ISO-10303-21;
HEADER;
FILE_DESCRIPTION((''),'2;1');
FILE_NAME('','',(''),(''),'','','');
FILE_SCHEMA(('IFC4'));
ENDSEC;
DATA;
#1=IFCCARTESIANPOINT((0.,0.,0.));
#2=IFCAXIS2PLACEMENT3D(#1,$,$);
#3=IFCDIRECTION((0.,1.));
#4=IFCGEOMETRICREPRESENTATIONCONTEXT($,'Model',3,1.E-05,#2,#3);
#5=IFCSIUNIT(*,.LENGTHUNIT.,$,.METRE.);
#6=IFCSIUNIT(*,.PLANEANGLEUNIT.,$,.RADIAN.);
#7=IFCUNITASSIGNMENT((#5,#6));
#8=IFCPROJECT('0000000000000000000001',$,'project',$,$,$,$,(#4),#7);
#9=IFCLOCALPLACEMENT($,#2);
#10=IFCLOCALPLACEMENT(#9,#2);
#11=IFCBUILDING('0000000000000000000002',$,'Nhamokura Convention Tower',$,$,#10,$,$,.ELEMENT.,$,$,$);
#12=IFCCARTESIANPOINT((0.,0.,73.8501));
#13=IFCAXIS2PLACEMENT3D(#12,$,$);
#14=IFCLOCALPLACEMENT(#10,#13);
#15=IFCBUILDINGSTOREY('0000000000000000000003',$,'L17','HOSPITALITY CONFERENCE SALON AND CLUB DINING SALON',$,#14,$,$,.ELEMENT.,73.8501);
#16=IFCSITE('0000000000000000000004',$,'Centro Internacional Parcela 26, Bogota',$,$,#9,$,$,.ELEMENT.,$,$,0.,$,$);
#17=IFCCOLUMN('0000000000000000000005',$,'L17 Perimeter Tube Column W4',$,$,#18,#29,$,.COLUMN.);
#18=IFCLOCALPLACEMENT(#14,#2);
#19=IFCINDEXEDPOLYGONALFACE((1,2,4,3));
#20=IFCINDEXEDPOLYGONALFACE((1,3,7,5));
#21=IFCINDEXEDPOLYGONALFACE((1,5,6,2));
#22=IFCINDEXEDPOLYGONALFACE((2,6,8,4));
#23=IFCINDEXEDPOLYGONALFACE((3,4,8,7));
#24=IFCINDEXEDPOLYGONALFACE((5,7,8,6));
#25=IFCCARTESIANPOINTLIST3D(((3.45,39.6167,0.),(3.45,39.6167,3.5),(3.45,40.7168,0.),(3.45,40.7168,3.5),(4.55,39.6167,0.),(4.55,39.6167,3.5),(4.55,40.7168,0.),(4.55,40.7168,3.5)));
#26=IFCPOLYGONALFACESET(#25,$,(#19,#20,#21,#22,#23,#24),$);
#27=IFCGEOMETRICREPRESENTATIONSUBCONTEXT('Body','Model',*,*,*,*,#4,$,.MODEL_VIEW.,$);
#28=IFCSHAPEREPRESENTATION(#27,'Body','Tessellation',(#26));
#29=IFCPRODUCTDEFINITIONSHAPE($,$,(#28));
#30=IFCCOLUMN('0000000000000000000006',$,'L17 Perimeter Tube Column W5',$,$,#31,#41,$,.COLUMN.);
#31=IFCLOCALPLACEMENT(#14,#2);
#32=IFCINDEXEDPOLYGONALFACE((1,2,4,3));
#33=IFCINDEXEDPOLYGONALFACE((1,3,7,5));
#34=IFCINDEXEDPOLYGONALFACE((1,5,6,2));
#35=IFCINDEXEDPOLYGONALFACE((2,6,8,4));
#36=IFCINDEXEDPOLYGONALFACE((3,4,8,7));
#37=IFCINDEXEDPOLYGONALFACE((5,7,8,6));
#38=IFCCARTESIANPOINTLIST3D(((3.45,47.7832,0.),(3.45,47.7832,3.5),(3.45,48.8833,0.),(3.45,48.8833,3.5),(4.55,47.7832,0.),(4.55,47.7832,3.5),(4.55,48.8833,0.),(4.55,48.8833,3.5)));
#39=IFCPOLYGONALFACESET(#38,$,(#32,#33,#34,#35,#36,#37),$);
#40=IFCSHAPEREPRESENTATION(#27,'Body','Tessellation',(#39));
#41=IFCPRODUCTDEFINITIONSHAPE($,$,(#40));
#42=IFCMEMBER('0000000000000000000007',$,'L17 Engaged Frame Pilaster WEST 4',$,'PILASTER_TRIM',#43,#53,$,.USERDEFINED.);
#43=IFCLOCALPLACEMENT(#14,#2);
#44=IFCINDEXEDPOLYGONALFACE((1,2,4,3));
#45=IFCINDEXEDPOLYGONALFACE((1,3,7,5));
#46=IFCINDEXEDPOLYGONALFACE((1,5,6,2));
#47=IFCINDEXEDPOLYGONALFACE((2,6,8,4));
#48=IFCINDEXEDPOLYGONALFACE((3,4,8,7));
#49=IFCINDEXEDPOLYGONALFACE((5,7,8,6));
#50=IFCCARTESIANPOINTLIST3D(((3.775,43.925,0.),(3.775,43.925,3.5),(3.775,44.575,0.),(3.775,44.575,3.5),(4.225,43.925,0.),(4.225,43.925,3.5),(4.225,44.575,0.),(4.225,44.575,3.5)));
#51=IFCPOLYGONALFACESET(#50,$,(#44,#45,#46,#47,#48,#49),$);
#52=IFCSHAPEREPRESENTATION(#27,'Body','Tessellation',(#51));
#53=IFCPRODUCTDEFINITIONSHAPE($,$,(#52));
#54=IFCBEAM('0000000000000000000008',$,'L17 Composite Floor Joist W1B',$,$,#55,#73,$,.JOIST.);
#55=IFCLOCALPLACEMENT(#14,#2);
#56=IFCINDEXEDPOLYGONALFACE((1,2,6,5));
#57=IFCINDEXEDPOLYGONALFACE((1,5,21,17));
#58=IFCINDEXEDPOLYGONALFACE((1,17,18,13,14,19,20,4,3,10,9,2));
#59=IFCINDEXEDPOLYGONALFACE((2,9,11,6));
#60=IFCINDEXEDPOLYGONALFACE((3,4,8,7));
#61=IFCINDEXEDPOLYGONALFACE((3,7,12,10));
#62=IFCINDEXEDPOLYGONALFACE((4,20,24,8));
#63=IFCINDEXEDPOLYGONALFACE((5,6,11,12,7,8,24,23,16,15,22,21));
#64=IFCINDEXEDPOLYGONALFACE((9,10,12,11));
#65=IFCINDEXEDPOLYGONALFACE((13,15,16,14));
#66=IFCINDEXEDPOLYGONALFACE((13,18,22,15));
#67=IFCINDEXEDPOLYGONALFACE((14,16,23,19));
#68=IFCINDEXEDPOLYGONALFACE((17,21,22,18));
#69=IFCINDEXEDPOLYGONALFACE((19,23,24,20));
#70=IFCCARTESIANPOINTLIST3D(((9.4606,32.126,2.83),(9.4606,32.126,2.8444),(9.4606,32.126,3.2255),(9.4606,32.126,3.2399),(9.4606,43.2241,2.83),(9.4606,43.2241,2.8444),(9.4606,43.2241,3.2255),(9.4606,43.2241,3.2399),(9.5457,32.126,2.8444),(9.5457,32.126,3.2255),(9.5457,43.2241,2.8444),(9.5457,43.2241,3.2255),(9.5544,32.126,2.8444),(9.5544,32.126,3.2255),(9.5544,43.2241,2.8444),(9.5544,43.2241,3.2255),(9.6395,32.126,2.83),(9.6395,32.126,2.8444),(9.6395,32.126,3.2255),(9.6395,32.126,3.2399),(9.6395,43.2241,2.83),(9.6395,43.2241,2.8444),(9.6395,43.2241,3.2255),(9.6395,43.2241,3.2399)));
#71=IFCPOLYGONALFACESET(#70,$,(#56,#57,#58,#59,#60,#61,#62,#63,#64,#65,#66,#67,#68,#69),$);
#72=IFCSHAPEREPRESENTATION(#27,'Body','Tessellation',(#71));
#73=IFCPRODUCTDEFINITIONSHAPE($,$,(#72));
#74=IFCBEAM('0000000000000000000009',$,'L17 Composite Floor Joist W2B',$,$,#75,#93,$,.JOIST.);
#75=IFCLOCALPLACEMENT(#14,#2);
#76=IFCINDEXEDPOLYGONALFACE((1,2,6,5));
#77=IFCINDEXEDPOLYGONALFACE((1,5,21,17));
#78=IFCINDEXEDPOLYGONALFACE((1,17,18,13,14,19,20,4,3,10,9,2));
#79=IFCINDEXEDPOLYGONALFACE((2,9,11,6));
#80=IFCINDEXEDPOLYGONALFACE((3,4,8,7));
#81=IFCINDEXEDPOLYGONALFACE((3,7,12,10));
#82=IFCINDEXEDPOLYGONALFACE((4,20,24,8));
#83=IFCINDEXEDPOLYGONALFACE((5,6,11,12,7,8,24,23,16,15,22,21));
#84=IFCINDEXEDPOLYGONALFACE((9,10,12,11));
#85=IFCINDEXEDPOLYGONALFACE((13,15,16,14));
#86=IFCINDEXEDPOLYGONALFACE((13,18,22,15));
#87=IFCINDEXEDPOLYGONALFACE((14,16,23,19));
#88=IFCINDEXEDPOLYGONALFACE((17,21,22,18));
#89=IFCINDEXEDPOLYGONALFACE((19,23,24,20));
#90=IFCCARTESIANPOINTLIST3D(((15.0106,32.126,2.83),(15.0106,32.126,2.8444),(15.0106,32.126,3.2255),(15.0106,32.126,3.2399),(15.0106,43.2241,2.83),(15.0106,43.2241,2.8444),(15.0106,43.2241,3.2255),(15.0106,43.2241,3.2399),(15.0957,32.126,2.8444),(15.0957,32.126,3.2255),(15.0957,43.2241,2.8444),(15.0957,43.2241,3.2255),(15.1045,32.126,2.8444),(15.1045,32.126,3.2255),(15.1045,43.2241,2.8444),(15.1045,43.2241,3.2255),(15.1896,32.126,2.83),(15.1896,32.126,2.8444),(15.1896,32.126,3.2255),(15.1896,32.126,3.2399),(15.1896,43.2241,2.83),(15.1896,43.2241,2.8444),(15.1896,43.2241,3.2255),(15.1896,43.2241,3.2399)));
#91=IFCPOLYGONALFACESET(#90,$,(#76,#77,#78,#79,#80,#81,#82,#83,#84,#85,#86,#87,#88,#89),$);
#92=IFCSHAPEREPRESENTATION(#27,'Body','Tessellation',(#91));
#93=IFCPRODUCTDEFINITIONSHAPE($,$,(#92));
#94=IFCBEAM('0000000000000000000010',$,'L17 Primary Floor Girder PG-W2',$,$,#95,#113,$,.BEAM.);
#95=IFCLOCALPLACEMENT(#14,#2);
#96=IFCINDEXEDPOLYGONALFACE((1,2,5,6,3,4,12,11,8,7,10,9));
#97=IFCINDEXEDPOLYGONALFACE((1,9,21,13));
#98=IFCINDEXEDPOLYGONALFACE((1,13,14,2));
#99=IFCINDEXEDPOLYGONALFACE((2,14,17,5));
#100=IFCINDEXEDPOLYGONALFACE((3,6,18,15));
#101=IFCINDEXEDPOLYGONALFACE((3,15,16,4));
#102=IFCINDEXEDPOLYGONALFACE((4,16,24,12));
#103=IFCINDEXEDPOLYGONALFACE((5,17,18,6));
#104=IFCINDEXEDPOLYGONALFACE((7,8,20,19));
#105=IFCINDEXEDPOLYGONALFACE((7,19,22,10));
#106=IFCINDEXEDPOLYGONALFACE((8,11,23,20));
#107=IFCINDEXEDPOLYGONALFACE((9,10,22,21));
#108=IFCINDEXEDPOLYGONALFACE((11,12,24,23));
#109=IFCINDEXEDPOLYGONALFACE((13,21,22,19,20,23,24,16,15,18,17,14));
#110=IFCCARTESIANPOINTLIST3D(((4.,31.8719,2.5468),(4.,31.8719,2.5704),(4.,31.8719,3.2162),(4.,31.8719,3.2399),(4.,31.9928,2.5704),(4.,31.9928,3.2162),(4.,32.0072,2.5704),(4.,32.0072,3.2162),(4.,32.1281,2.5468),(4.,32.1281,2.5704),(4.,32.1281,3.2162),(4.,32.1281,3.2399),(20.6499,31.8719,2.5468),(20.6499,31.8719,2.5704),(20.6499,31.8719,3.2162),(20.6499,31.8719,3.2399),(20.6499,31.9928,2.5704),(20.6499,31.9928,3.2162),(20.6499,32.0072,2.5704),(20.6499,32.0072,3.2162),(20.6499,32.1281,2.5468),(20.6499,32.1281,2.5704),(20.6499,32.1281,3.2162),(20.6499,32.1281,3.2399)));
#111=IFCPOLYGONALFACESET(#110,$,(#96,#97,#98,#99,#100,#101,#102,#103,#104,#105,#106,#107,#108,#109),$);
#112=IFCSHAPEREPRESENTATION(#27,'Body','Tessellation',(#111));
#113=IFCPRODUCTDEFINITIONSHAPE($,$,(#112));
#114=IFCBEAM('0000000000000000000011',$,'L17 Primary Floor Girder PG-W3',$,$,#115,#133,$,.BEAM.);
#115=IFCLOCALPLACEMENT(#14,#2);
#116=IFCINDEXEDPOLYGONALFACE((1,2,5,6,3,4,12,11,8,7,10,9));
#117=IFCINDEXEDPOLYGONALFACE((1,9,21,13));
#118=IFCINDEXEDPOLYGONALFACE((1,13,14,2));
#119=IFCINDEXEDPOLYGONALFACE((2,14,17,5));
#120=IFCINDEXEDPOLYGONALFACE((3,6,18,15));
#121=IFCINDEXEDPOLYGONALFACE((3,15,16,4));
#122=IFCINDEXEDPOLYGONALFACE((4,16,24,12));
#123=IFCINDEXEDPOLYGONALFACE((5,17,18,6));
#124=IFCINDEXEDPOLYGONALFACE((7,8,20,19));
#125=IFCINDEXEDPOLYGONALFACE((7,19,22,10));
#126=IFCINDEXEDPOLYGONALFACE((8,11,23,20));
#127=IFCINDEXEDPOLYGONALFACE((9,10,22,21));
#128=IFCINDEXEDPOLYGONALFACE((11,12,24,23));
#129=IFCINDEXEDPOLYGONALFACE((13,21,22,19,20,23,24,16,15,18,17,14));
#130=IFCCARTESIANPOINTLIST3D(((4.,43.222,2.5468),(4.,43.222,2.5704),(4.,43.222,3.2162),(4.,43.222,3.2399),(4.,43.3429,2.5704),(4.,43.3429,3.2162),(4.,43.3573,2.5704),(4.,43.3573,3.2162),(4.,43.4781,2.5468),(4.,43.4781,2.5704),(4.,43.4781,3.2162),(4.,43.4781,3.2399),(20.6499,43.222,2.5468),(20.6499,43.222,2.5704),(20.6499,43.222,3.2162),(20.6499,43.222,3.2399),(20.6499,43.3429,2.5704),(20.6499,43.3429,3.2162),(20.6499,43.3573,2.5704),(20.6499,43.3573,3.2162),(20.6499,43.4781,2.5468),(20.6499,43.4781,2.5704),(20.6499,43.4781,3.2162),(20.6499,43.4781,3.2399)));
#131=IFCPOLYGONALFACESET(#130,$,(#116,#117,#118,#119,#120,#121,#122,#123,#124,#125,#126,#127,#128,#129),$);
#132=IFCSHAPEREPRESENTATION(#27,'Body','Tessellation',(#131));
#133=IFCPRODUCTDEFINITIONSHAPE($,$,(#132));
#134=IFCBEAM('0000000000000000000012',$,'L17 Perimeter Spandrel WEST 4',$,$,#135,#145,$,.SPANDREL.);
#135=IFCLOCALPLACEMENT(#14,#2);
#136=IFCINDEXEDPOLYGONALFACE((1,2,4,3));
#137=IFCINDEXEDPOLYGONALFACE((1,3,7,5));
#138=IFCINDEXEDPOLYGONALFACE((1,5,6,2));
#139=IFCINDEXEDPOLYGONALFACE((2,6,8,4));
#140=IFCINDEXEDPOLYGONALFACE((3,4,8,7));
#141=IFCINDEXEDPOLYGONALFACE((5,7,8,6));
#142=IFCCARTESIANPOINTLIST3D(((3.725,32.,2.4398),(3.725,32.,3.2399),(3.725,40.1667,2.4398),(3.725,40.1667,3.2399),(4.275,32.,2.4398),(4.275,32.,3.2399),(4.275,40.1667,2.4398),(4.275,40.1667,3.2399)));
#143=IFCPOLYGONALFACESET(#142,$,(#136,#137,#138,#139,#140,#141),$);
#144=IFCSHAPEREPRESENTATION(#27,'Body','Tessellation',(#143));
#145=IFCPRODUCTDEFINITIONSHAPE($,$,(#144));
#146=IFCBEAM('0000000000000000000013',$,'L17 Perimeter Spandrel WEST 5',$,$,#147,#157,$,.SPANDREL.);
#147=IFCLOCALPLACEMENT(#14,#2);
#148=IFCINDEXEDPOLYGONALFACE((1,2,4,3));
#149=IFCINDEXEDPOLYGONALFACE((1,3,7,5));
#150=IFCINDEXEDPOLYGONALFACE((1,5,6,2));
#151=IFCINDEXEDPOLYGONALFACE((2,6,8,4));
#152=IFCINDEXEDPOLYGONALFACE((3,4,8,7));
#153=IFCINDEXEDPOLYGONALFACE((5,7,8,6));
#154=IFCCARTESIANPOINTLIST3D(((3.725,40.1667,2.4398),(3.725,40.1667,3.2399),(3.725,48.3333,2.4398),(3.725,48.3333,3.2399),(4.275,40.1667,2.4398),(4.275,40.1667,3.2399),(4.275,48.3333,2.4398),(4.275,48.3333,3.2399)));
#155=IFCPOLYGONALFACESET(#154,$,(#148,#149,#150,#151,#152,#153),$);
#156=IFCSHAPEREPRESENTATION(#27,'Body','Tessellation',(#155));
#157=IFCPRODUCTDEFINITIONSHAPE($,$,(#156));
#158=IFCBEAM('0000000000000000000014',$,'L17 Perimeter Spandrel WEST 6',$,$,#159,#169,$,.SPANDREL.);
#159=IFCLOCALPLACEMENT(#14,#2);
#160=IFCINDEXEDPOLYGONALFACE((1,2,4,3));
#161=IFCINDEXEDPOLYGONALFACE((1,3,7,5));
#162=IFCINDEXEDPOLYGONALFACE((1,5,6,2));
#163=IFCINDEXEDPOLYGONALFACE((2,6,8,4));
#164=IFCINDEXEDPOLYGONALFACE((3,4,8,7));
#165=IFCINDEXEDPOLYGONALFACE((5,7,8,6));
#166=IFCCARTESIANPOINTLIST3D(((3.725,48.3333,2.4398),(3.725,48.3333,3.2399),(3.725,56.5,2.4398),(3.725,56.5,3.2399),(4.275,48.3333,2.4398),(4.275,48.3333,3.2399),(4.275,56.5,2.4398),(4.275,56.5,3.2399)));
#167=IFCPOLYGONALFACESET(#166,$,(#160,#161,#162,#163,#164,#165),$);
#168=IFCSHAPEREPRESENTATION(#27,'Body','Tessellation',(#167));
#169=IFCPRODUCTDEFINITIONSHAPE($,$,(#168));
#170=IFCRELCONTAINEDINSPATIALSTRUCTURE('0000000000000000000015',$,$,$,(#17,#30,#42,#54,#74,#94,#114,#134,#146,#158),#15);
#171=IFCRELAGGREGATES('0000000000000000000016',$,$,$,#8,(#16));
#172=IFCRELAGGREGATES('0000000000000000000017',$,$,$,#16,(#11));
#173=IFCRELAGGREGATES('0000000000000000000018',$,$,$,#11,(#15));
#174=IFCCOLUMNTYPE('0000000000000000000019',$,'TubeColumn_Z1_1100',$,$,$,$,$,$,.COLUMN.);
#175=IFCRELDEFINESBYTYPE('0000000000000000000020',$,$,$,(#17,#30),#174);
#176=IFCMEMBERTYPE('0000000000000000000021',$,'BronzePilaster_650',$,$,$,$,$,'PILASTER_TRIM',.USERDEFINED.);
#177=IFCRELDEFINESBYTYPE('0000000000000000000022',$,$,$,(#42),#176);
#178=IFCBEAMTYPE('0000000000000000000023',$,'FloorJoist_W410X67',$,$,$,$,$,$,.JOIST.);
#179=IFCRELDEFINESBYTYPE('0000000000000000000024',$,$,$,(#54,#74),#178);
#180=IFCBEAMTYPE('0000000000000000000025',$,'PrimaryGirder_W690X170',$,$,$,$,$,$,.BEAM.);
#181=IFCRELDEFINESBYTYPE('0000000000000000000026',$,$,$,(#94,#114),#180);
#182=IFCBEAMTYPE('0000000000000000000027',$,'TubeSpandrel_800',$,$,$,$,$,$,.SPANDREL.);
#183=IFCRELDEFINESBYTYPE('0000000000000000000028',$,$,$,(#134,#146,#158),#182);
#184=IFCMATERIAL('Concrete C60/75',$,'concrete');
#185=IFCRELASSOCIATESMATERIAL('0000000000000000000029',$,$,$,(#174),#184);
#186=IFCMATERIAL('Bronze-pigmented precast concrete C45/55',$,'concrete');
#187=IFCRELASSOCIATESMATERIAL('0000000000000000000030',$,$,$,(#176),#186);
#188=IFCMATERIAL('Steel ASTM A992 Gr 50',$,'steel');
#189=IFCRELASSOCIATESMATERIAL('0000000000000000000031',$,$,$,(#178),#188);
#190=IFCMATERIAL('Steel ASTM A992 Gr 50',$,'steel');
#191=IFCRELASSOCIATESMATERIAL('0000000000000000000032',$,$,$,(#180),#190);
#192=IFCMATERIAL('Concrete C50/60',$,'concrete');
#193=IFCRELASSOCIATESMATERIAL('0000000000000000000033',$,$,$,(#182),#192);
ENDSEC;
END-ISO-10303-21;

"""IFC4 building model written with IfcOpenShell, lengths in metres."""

from ifc_helpers import new_model, si_unit, direction, frame, origin, origin_2d, place, context, subcontext, project, spatial, rectangle, i_section, extrude, material, material_profile, profile_set, type_object, element, save


model = new_model("IFC4")

# Units and contexts
model_context = context("Model", 3, precision=1e-05, world=origin(), true_north=direction((0.0, 1.0)))
body_context = subcontext(model_context, "Body", "Model", "MODEL_VIEW")
ifc_project = project(units=[si_unit("LENGTHUNIT", "METRE"), si_unit("PLANEANGLEUNIT", "RADIAN")], contexts=[model_context])

# Site, building, storey
site_placement = place(None, origin())
site = spatial("IfcSite", under=ifc_project, at=site_placement, Name="Centro Internacional Parcela 26, Bogota", CompositionType="ELEMENT", RefElevation=0.0)
building_placement = place(site_placement, origin())
building = spatial("IfcBuilding", under=site, at=building_placement, Name="Nhamokura Convention Tower", CompositionType="ELEMENT")
storey_placement = place(building_placement, frame((0.0, 0.0, 73.8501)))
storey = spatial("IfcBuildingStorey", under=building, at=storey_placement, Name="L17", Description="HOSPITALITY CONFERENCE SALON AND CLUB DINING SALON", CompositionType="ELEMENT", Elevation=73.8501)

# Columns
ifc_material_1 = material(Name="Concrete C60/75", Category="concrete")
ifc_material_profile_1 = material_profile(ifc_material_1, rectangle(XDim=1.1001, YDim=1.1001, at=origin_2d()))
ifc_profile_set_1 = profile_set([ifc_material_profile_1], Name="Concrete C60/75")
column_type = type_object("IfcColumnType", Name="TubeColumn_Z1_1100", PredefinedType="COLUMN", material=ifc_profile_set_1)
for number, where, z_axis, x_axis, name in (
    (1, (4.0, 40.1667, 0.0), (0.0, 0.0, 1.0), (1.0, 0.0, 0.0), "L17 Perimeter Tube Column W4"),
    (2, (4.0, 48.3333, 0.0), (0.0, 0.0, 1.0), (1.0, 0.0, 0.0), "L17 Perimeter Tube Column W5"),
):
    element("IfcColumn", number, at=place(storey_placement, frame(where, z_axis=z_axis, x_axis=x_axis)), inside=storey, type_object=column_type, Name=name, PredefinedType="COLUMN", context=body_context, shape_type="SweptSolid", body=[
        extrude(rectangle(XDim=1.1001, YDim=1.1001, at=origin_2d()), origin(), (0.0, 0.0, 1.0), 3.5),
    ])

# Member
ifc_material_2 = material(Name="Bronze-pigmented precast concrete C45/55", Category="concrete")
ifc_material_profile_2 = material_profile(ifc_material_2, rectangle(XDim=0.45, YDim=0.6499, at=origin_2d()))
ifc_profile_set_2 = profile_set([ifc_material_profile_2], Name="Bronze-pigmented precast concrete C45/55")
member_type = type_object("IfcMemberType", Name="BronzePilaster_650", ElementType="PILASTER_TRIM", PredefinedType="USERDEFINED", material=ifc_profile_set_2)
member_placement = place(storey_placement, frame((4.0, 44.25, 0.0), z_axis=(0.0, 0.0, 1.0), x_axis=(1.0, 0.0, 0.0)))
element("IfcMember", 3, at=member_placement, inside=storey, type_object=member_type, Name="L17 Engaged Frame Pilaster WEST 4", ObjectType="PILASTER_TRIM", PredefinedType="USERDEFINED", context=body_context, shape_type="SweptSolid", body=[
    extrude(rectangle(XDim=0.45, YDim=0.6499, at=origin_2d()), origin(), (0.0, 0.0, 1.0), 3.5),
])

# Beams
ifc_material_3 = material(Name="Steel ASTM A992 Gr 50", Category="steel")
ifc_material_profile_3 = material_profile(ifc_material_3, i_section(OverallWidth=0.179, OverallDepth=0.4099, WebThickness=0.0088, FlangeThickness=0.0144, at=origin_2d()))
ifc_profile_set_3 = profile_set([ifc_material_profile_3], Name="Steel ASTM A992 Gr 50")
beam_type_1 = type_object("IfcBeamType", Name="FloorJoist_W410X67", PredefinedType="JOIST", material=ifc_profile_set_3)
for number, where, z_axis, x_axis, name in (
    (4, (9.55, 32.126, 3.0349), (0.0, 1.0, 0.0), (-1.0, 0.0, 0.0), "L17 Composite Floor Joist W1B"),
    (5, (15.1001, 32.126, 3.0349), (0.0, 1.0, 0.0), (-1.0, 0.0, 0.0), "L17 Composite Floor Joist W2B"),
):
    element("IfcBeam", number, at=place(storey_placement, frame(where, z_axis=z_axis, x_axis=x_axis)), inside=storey, type_object=beam_type_1, Name=name, PredefinedType="JOIST", context=body_context, shape_type="SweptSolid", body=[
        extrude(i_section(OverallWidth=0.179, OverallDepth=0.4099, WebThickness=0.0088, FlangeThickness=0.0144, at=origin_2d()), origin(), (0.0, 0.0, 1.0), 11.0981),
    ])
ifc_material_4 = material(Name="Steel ASTM A992 Gr 50", Category="steel")
ifc_material_profile_4 = material_profile(ifc_material_4, i_section(OverallWidth=0.2561, OverallDepth=0.6931, WebThickness=0.0144, FlangeThickness=0.0237, at=origin_2d()))
ifc_profile_set_4 = profile_set([ifc_material_profile_4], Name="Steel ASTM A992 Gr 50")
beam_type_2 = type_object("IfcBeamType", Name="PrimaryGirder_W690X170", PredefinedType="BEAM", material=ifc_profile_set_4)
for number, where, z_axis, x_axis, name in (
    (6, (4.0, 32.0, 2.8933), (1.0, 0.0, 0.0), (0.0, 1.0, 0.0), "L17 Primary Floor Girder PG-W2"),
    (7, (4.0, 43.3501, 2.8933), (1.0, 0.0, 0.0), (0.0, 1.0, 0.0), "L17 Primary Floor Girder PG-W3"),
):
    element("IfcBeam", number, at=place(storey_placement, frame(where, z_axis=z_axis, x_axis=x_axis)), inside=storey, type_object=beam_type_2, Name=name, PredefinedType="BEAM", context=body_context, shape_type="SweptSolid", body=[
        extrude(i_section(OverallWidth=0.2561, OverallDepth=0.6931, WebThickness=0.0144, FlangeThickness=0.0237, at=origin_2d()), origin(), (0.0, 0.0, 1.0), 16.6499),
    ])
ifc_material_5 = material(Name="Concrete C50/60", Category="concrete")
ifc_material_profile_5 = material_profile(ifc_material_5, rectangle(XDim=0.55, YDim=0.8, at=origin_2d()))
ifc_profile_set_5 = profile_set([ifc_material_profile_5], Name="Concrete C50/60")
beam_type_3 = type_object("IfcBeamType", Name="TubeSpandrel_800", PredefinedType="SPANDREL", material=ifc_profile_set_5)
beam_1_placement = place(storey_placement, frame((4.0, 32.0, 2.8398), z_axis=(0.0, 1.0, 0.0), x_axis=(-1.0, 0.0, 0.0)))
element("IfcBeam", 8, at=beam_1_placement, inside=storey, type_object=beam_type_3, Name="L17 Perimeter Spandrel WEST 4", PredefinedType="SPANDREL", context=body_context, shape_type="SweptSolid", body=[
    extrude(rectangle(XDim=0.55, YDim=0.8, at=origin_2d()), origin(), (0.0, 0.0, 1.0), 8.1667),
])
beam_2_placement = place(storey_placement, frame((4.0, 40.1667, 2.8398), z_axis=(0.0, 1.0, 0.0), x_axis=(-1.0, 0.0, 0.0)))
element("IfcBeam", 9, at=beam_2_placement, inside=storey, type_object=beam_type_3, Name="L17 Perimeter Spandrel WEST 5", PredefinedType="SPANDREL", context=body_context, shape_type="SweptSolid", body=[
    extrude(rectangle(XDim=0.55, YDim=0.8, at=origin_2d()), origin(), (0.0, 0.0, 1.0), 8.1665),
])
beam_3_placement = place(storey_placement, frame((4.0, 48.3333, 2.8398), z_axis=(0.0, 1.0, 0.0), x_axis=(-1.0, 0.0, 0.0)))
element("IfcBeam", 10, at=beam_3_placement, inside=storey, type_object=beam_type_3, Name="L17 Perimeter Spandrel WEST 6", PredefinedType="SPANDREL", context=body_context, shape_type="SweptSolid", body=[
    extrude(rectangle(XDim=0.55, YDim=0.8, at=origin_2d()), origin(), (0.0, 0.0, 1.0), 8.1667),
])

save(model, "model.ifc")
